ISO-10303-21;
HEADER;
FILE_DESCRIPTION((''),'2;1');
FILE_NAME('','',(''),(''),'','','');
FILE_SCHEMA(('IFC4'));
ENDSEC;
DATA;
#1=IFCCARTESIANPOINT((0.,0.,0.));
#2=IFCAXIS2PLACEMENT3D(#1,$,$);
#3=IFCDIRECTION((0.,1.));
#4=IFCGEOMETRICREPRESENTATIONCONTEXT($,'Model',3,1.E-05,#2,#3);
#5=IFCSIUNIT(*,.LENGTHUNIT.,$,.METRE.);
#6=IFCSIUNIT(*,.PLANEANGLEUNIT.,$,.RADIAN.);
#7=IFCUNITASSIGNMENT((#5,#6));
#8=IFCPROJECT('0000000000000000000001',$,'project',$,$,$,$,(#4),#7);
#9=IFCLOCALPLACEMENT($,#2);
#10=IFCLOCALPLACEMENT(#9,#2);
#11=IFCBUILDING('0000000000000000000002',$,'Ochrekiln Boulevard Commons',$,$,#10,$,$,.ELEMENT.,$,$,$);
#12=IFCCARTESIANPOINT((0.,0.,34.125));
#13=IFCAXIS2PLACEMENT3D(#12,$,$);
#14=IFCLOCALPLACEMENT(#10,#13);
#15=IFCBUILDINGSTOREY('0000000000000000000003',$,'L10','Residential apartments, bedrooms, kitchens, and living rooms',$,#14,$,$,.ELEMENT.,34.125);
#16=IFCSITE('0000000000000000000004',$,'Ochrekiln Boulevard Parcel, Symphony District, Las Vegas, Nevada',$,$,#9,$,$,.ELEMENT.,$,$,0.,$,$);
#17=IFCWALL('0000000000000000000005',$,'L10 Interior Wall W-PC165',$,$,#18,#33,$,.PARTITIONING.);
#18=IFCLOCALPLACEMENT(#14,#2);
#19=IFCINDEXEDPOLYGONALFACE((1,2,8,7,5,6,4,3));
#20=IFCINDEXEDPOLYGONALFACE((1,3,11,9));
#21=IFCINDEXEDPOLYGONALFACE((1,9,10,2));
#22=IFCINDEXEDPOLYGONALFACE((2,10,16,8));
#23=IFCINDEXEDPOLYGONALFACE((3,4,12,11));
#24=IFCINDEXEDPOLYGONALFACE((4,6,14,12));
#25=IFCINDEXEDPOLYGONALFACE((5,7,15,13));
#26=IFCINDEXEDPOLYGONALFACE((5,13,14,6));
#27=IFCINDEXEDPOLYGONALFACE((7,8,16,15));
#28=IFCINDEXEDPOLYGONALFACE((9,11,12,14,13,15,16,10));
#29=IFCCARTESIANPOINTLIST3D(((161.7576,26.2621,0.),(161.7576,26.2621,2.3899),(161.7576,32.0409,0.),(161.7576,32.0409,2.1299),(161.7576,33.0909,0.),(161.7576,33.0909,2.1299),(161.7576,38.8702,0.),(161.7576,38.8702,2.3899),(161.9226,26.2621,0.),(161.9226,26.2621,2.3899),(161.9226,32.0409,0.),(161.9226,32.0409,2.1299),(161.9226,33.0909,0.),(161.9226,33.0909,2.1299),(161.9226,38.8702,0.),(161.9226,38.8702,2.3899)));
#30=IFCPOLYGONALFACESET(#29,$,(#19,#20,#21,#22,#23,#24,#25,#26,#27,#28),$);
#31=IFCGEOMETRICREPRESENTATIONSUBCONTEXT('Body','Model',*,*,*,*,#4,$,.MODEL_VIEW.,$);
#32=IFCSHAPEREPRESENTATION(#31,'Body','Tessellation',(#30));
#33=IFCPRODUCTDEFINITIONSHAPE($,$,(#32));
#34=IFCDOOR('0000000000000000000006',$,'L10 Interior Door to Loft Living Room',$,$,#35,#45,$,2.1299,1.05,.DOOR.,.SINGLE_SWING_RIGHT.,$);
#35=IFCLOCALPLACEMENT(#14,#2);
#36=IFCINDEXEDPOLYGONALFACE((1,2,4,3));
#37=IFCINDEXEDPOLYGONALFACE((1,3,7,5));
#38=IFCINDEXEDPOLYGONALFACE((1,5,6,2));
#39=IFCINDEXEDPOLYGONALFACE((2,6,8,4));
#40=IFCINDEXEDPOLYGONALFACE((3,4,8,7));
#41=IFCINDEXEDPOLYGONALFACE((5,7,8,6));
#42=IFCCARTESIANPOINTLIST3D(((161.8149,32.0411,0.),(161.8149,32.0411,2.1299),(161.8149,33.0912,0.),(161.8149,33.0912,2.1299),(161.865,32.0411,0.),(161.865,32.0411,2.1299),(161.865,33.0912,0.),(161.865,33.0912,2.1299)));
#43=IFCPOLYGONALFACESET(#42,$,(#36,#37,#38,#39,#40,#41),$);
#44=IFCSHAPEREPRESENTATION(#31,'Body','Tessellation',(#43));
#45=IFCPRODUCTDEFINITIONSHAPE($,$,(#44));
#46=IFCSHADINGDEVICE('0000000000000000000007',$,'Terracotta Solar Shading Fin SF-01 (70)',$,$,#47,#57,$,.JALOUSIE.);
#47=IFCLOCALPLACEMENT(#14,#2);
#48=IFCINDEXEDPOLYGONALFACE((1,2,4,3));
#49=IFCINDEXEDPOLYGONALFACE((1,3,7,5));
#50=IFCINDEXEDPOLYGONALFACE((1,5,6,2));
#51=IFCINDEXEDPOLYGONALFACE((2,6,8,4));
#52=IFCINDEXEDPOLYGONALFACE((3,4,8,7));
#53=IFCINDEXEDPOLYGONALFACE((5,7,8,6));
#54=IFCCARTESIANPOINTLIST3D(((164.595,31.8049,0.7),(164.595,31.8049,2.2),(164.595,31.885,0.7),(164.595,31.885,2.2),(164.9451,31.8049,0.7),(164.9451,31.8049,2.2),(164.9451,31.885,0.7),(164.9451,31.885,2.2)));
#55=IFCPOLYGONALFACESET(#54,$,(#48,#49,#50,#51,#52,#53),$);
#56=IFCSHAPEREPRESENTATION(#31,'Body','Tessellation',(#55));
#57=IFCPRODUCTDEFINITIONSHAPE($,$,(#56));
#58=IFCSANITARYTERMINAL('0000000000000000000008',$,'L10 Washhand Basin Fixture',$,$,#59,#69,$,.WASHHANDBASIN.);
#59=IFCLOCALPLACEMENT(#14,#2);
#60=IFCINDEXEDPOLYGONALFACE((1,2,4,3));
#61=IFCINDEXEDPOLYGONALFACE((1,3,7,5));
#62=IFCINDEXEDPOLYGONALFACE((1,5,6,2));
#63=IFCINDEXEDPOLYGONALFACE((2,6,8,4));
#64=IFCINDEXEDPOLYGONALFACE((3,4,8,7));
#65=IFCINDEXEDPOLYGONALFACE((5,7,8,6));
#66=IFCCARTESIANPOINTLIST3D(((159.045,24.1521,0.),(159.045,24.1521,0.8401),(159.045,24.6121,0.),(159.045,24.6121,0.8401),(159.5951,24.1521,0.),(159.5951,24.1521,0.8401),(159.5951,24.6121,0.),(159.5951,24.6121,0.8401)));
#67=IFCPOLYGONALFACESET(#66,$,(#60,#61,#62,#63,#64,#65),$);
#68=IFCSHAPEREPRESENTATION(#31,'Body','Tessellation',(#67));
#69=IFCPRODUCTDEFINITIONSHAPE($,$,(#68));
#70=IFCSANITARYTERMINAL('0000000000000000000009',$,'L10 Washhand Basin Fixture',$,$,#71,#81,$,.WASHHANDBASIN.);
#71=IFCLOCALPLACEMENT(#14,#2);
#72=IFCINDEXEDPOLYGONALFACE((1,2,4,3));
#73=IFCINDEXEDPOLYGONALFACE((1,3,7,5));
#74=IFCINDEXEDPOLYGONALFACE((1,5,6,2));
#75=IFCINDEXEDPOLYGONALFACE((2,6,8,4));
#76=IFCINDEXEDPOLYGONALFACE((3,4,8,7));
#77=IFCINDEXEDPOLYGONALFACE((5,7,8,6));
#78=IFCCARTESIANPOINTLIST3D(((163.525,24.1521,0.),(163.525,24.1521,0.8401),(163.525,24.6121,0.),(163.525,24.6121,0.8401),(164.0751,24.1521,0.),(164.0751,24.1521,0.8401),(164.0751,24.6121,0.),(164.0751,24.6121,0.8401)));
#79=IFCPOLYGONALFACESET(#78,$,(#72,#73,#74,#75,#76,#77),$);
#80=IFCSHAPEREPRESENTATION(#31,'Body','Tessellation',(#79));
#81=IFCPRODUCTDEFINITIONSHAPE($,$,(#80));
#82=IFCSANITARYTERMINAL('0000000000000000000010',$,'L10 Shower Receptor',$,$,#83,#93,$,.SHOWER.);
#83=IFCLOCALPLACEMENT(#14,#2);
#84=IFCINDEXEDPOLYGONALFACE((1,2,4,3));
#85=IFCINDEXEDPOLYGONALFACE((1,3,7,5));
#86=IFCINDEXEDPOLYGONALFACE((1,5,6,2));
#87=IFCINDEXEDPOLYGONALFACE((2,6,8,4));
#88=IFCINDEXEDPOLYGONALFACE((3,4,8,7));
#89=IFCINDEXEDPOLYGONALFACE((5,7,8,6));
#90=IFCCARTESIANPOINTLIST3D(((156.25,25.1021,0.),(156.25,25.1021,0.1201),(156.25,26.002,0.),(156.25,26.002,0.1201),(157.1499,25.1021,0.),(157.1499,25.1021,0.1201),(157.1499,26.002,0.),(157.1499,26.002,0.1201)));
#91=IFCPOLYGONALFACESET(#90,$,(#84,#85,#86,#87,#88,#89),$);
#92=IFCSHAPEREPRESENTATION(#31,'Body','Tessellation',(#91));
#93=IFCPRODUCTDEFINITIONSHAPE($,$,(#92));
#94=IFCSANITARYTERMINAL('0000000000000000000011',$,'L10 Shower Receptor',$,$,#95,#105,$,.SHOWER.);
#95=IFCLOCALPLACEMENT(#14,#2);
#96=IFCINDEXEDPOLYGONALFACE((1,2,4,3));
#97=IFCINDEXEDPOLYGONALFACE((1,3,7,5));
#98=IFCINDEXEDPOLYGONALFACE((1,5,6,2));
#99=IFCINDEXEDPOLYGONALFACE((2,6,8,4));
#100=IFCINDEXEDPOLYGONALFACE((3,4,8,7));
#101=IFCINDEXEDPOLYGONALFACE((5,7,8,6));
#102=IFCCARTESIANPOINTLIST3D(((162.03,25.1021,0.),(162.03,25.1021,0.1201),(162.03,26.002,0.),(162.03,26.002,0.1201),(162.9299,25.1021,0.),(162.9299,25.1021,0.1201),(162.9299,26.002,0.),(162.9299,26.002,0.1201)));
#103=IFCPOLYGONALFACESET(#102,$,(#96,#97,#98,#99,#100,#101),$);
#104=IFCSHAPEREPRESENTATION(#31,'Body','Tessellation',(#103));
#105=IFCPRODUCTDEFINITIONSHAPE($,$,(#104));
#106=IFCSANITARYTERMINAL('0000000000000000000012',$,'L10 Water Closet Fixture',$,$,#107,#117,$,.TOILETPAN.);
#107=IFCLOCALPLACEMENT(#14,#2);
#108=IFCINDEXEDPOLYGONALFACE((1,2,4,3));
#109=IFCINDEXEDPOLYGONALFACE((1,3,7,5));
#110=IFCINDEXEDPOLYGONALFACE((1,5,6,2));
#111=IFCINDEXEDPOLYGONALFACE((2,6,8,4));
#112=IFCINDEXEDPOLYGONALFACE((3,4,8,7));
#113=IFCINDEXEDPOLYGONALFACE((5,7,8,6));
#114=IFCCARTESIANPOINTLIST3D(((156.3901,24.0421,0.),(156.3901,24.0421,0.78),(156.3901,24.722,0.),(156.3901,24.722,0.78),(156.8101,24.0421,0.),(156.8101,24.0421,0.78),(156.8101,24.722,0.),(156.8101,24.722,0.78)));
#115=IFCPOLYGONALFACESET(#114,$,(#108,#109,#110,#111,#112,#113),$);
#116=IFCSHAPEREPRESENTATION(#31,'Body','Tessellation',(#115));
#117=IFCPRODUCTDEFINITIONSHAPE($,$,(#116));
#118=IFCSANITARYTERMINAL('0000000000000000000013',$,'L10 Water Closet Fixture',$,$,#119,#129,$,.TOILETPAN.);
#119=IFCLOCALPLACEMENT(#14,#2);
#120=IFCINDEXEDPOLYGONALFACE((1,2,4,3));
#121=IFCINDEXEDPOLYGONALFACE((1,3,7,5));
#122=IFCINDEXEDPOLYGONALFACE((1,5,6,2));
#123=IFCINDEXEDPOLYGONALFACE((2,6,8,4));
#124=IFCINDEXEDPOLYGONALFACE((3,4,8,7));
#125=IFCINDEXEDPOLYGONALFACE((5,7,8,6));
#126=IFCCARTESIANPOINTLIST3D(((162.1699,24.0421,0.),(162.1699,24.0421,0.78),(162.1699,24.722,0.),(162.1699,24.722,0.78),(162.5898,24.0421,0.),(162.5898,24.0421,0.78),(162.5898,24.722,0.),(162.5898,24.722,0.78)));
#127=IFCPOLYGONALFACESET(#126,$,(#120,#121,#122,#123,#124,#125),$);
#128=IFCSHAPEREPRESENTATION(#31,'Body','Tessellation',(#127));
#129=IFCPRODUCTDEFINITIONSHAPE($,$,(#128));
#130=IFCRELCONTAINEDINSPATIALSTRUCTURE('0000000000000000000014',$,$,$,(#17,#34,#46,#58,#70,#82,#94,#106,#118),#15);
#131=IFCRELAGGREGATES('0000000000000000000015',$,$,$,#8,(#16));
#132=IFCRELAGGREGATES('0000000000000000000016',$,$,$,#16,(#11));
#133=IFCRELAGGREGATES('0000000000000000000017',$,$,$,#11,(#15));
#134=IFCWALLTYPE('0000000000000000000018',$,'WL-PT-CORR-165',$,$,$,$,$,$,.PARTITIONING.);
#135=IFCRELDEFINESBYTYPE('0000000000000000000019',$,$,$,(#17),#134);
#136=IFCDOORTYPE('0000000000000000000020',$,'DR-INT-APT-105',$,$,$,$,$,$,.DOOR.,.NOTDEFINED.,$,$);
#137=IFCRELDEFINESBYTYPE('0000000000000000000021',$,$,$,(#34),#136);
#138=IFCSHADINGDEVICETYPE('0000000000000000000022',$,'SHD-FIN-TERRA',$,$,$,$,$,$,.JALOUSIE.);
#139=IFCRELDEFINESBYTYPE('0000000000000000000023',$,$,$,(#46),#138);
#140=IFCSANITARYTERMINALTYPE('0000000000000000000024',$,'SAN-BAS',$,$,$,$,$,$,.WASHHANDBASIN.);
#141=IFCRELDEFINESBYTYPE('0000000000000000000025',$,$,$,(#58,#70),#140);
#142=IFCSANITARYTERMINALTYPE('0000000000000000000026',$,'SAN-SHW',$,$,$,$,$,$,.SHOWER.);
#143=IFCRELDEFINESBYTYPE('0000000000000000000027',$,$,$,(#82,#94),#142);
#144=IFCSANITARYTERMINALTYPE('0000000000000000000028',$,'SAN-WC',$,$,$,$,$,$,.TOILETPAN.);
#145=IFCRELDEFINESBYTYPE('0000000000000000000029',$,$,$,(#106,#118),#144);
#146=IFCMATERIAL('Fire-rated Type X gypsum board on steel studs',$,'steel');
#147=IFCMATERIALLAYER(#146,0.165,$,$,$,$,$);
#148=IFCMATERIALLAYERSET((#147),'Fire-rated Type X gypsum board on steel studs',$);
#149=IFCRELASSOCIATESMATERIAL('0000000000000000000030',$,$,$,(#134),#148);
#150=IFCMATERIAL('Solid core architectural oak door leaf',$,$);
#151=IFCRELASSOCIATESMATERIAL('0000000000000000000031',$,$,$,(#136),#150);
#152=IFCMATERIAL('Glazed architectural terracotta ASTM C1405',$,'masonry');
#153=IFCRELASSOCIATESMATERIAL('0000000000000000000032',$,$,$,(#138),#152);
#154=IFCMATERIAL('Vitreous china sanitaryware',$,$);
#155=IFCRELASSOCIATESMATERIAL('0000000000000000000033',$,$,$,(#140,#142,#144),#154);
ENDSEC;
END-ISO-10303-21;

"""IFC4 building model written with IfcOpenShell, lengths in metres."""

from ifc_helpers import new_model, si_unit, direction, frame, frame_2d, origin, origin_2d, place, context, subcontext, project, spatial, rectangle, extrude, material, layer, layer_set, type_object, element, fill, save


model = new_model("IFC4")

# Units and contexts
model_context = context("Model", 3, precision=1e-05, world=origin(), true_north=direction((0.0, 1.0)))
body_context = subcontext(model_context, "Body", "Model", "MODEL_VIEW")
ifc_project = project(units=[si_unit("LENGTHUNIT", "METRE"), si_unit("PLANEANGLEUNIT", "RADIAN")], contexts=[model_context])

# Site, building, storey
site_placement = place(None, origin())
site = spatial("IfcSite", under=ifc_project, at=site_placement, Name="Ochrekiln Boulevard Parcel, Symphony District, Las Vegas, Nevada", CompositionType="ELEMENT", RefElevation=0.0)
building_placement = place(site_placement, origin())
building = spatial("IfcBuilding", under=site, at=building_placement, Name="Ochrekiln Boulevard Commons", CompositionType="ELEMENT")
storey_placement = place(building_placement, frame((0.0, 0.0, 34.125)))
storey = spatial("IfcBuildingStorey", under=building, at=storey_placement, Name="L10", Description="Residential apartments, bedrooms, kitchens, and living rooms", CompositionType="ELEMENT", Elevation=34.125)

# Wall, opening, door
ifc_material_1 = material(Name="Solid core architectural oak door leaf")
ifc_material_2 = material(Name="Fire-rated Type X gypsum board on steel studs", Category="steel")
ifc_layer_1 = layer(ifc_material_2, 0.165)
ifc_layer_set_1 = layer_set([ifc_layer_1], Name="Fire-rated Type X gypsum board on steel studs")
wall_type_1 = type_object("IfcWallType", Name="WL-PT-CORR-165", PredefinedType="PARTITIONING", material=ifc_layer_set_1)
door_type_1 = type_object("IfcDoorType", Name="DR-INT-APT-105", OperationType="NOTDEFINED", PredefinedType="DOOR", material=ifc_material_1)
wall_1_placement = place(storey_placement, frame((161.8401, 26.262, 0.0), z_axis=(0.0, 0.0, 1.0), x_axis=(0.0, 1.0, 0.0)))
wall_1 = element("IfcWall", 1, at=wall_1_placement, inside=storey, type_object=wall_type_1, Name="L10 Interior Wall W-PC165", PredefinedType="PARTITIONING", context=body_context, shape_type="SweptSolid", body=[
    extrude(rectangle(XDim=12.6082, YDim=0.165, at=frame_2d((6.3042, 0.0))), origin(), (0.0, 0.0, 1.0), 2.3899),
])
opening_1_placement = place(wall_1_placement, frame((5.7791, 0.0, 0.0)))
opening_1 = element("IfcOpeningElement", 2, at=opening_1_placement, cuts=wall_1, PredefinedType="OPENING", context=body_context, shape_type="SweptSolid", body=[
    extrude(rectangle(XDim=1.05, YDim=2.1299, at=frame_2d((0.5249, 1.0649))), frame((0.0, 0.0925, 0.0), z_axis=(0.0, -1.0, 0.0), x_axis=(1.0, 0.0, 0.0)), (0.0, 0.0, 1.0), 0.1851),
])
door_1_placement = place(opening_1_placement, frame((1.05, 0.0, 0.0), z_axis=(0.0, 0.0, 1.0), x_axis=(-1.0, 0.0, 0.0)))
door_1 = element("IfcDoor", 3, at=door_1_placement, inside=storey, type_object=door_type_1, Name="L10 Interior Door to Loft Living Room", OperationType="SINGLE_SWING_RIGHT", OverallHeight=2.1299, OverallWidth=1.05, PredefinedType="DOOR", context=body_context, shape_type="SweptSolid", body=[
    extrude(rectangle(XDim=1.05, YDim=2.1299, at=frame_2d((0.5249, 1.0649))), frame((0.0, 0.0249, 0.0), z_axis=(0.0, -1.0, 0.0), x_axis=(1.0, 0.0, 0.0)), (0.0, 0.0, 1.0), 0.05),
])
fill(opening_1, door_1)

# Shading device
ifc_material_3 = material(Name="Glazed architectural terracotta ASTM C1405", Category="masonry")
shading_device_type = type_object("IfcShadingDeviceType", Name="SHD-FIN-TERRA", PredefinedType="JALOUSIE", material=ifc_material_3)
shading_device_placement = place(storey_placement, frame((164.77, 31.845, 0.7), z_axis=(0.0, 0.0, 1.0), x_axis=(1.0, 0.0, 0.0)))
element("IfcShadingDevice", 4, at=shading_device_placement, inside=storey, type_object=shading_device_type, Name="Terracotta Solar Shading Fin SF-01 (70)", PredefinedType="JALOUSIE", context=body_context, shape_type="SweptSolid", body=[
    extrude(rectangle(XDim=0.3501, YDim=0.0801, at=origin_2d()), origin(), (0.0, 0.0, 1.0), 1.5),
])

# Sanitary terminals
ifc_material_4 = material(Name="Vitreous china sanitaryware")
sanitary_terminal_type_1 = type_object("IfcSanitaryTerminalType", Name="SAN-BAS", PredefinedType="WASHHANDBASIN", material=ifc_material_4)
for number, where, z_axis, x_axis, name in (
    (5, (159.3201, 24.3821, 0.0), (0.0, 0.0, 1.0), (1.0, 0.0, 0.0), "L10 Washhand Basin Fixture"),
    (6, (163.8, 24.3821, 0.0), (0.0, 0.0, 1.0), (1.0, 0.0, 0.0), "L10 Washhand Basin Fixture"),
):
    element("IfcSanitaryTerminal", number, at=place(storey_placement, frame(where, z_axis=z_axis, x_axis=x_axis)), inside=storey, type_object=sanitary_terminal_type_1, Name=name, PredefinedType="WASHHANDBASIN", context=body_context, shape_type="SweptSolid", body=[
        extrude(rectangle(XDim=0.55, YDim=0.46, at=origin_2d()), origin(), (0.0, 0.0, 1.0), 0.8401),
    ])
sanitary_terminal_type_2 = type_object("IfcSanitaryTerminalType", Name="SAN-SHW", PredefinedType="SHOWER", material=ifc_material_4)
for number, where, z_axis, x_axis, name in (
    (7, (156.7, 25.552, 0.0), (0.0, 0.0, 1.0), (1.0, 0.0, 0.0), "L10 Shower Receptor"),
    (8, (162.48, 25.552, 0.0), (0.0, 0.0, 1.0), (1.0, 0.0, 0.0), "L10 Shower Receptor"),
):
    element("IfcSanitaryTerminal", number, at=place(storey_placement, frame(where, z_axis=z_axis, x_axis=x_axis)), inside=storey, type_object=sanitary_terminal_type_2, Name=name, PredefinedType="SHOWER", context=body_context, shape_type="SweptSolid", body=[
        extrude(rectangle(XDim=0.8999, YDim=0.8999, at=origin_2d()), origin(), (0.0, 0.0, 1.0), 0.1201),
    ])
sanitary_terminal_type_3 = type_object("IfcSanitaryTerminalType", Name="SAN-WC", PredefinedType="TOILETPAN", material=ifc_material_4)
for number, where, z_axis, x_axis, name in (
    (9, (156.6001, 24.3821, 0.0), (0.0, 0.0, 1.0), (1.0, 0.0, 0.0), "L10 Water Closet Fixture"),
    (10, (162.3799, 24.3821, 0.0), (0.0, 0.0, 1.0), (1.0, 0.0, 0.0), "L10 Water Closet Fixture"),
):
    element("IfcSanitaryTerminal", number, at=place(storey_placement, frame(where, z_axis=z_axis, x_axis=x_axis)), inside=storey, type_object=sanitary_terminal_type_3, Name=name, PredefinedType="TOILETPAN", context=body_context, shape_type="SweptSolid", body=[
        extrude(rectangle(XDim=0.4199, YDim=0.6799, at=origin_2d()), origin(), (0.0, 0.0, 1.0), 0.78),
    ])

save(model, "model.ifc")
